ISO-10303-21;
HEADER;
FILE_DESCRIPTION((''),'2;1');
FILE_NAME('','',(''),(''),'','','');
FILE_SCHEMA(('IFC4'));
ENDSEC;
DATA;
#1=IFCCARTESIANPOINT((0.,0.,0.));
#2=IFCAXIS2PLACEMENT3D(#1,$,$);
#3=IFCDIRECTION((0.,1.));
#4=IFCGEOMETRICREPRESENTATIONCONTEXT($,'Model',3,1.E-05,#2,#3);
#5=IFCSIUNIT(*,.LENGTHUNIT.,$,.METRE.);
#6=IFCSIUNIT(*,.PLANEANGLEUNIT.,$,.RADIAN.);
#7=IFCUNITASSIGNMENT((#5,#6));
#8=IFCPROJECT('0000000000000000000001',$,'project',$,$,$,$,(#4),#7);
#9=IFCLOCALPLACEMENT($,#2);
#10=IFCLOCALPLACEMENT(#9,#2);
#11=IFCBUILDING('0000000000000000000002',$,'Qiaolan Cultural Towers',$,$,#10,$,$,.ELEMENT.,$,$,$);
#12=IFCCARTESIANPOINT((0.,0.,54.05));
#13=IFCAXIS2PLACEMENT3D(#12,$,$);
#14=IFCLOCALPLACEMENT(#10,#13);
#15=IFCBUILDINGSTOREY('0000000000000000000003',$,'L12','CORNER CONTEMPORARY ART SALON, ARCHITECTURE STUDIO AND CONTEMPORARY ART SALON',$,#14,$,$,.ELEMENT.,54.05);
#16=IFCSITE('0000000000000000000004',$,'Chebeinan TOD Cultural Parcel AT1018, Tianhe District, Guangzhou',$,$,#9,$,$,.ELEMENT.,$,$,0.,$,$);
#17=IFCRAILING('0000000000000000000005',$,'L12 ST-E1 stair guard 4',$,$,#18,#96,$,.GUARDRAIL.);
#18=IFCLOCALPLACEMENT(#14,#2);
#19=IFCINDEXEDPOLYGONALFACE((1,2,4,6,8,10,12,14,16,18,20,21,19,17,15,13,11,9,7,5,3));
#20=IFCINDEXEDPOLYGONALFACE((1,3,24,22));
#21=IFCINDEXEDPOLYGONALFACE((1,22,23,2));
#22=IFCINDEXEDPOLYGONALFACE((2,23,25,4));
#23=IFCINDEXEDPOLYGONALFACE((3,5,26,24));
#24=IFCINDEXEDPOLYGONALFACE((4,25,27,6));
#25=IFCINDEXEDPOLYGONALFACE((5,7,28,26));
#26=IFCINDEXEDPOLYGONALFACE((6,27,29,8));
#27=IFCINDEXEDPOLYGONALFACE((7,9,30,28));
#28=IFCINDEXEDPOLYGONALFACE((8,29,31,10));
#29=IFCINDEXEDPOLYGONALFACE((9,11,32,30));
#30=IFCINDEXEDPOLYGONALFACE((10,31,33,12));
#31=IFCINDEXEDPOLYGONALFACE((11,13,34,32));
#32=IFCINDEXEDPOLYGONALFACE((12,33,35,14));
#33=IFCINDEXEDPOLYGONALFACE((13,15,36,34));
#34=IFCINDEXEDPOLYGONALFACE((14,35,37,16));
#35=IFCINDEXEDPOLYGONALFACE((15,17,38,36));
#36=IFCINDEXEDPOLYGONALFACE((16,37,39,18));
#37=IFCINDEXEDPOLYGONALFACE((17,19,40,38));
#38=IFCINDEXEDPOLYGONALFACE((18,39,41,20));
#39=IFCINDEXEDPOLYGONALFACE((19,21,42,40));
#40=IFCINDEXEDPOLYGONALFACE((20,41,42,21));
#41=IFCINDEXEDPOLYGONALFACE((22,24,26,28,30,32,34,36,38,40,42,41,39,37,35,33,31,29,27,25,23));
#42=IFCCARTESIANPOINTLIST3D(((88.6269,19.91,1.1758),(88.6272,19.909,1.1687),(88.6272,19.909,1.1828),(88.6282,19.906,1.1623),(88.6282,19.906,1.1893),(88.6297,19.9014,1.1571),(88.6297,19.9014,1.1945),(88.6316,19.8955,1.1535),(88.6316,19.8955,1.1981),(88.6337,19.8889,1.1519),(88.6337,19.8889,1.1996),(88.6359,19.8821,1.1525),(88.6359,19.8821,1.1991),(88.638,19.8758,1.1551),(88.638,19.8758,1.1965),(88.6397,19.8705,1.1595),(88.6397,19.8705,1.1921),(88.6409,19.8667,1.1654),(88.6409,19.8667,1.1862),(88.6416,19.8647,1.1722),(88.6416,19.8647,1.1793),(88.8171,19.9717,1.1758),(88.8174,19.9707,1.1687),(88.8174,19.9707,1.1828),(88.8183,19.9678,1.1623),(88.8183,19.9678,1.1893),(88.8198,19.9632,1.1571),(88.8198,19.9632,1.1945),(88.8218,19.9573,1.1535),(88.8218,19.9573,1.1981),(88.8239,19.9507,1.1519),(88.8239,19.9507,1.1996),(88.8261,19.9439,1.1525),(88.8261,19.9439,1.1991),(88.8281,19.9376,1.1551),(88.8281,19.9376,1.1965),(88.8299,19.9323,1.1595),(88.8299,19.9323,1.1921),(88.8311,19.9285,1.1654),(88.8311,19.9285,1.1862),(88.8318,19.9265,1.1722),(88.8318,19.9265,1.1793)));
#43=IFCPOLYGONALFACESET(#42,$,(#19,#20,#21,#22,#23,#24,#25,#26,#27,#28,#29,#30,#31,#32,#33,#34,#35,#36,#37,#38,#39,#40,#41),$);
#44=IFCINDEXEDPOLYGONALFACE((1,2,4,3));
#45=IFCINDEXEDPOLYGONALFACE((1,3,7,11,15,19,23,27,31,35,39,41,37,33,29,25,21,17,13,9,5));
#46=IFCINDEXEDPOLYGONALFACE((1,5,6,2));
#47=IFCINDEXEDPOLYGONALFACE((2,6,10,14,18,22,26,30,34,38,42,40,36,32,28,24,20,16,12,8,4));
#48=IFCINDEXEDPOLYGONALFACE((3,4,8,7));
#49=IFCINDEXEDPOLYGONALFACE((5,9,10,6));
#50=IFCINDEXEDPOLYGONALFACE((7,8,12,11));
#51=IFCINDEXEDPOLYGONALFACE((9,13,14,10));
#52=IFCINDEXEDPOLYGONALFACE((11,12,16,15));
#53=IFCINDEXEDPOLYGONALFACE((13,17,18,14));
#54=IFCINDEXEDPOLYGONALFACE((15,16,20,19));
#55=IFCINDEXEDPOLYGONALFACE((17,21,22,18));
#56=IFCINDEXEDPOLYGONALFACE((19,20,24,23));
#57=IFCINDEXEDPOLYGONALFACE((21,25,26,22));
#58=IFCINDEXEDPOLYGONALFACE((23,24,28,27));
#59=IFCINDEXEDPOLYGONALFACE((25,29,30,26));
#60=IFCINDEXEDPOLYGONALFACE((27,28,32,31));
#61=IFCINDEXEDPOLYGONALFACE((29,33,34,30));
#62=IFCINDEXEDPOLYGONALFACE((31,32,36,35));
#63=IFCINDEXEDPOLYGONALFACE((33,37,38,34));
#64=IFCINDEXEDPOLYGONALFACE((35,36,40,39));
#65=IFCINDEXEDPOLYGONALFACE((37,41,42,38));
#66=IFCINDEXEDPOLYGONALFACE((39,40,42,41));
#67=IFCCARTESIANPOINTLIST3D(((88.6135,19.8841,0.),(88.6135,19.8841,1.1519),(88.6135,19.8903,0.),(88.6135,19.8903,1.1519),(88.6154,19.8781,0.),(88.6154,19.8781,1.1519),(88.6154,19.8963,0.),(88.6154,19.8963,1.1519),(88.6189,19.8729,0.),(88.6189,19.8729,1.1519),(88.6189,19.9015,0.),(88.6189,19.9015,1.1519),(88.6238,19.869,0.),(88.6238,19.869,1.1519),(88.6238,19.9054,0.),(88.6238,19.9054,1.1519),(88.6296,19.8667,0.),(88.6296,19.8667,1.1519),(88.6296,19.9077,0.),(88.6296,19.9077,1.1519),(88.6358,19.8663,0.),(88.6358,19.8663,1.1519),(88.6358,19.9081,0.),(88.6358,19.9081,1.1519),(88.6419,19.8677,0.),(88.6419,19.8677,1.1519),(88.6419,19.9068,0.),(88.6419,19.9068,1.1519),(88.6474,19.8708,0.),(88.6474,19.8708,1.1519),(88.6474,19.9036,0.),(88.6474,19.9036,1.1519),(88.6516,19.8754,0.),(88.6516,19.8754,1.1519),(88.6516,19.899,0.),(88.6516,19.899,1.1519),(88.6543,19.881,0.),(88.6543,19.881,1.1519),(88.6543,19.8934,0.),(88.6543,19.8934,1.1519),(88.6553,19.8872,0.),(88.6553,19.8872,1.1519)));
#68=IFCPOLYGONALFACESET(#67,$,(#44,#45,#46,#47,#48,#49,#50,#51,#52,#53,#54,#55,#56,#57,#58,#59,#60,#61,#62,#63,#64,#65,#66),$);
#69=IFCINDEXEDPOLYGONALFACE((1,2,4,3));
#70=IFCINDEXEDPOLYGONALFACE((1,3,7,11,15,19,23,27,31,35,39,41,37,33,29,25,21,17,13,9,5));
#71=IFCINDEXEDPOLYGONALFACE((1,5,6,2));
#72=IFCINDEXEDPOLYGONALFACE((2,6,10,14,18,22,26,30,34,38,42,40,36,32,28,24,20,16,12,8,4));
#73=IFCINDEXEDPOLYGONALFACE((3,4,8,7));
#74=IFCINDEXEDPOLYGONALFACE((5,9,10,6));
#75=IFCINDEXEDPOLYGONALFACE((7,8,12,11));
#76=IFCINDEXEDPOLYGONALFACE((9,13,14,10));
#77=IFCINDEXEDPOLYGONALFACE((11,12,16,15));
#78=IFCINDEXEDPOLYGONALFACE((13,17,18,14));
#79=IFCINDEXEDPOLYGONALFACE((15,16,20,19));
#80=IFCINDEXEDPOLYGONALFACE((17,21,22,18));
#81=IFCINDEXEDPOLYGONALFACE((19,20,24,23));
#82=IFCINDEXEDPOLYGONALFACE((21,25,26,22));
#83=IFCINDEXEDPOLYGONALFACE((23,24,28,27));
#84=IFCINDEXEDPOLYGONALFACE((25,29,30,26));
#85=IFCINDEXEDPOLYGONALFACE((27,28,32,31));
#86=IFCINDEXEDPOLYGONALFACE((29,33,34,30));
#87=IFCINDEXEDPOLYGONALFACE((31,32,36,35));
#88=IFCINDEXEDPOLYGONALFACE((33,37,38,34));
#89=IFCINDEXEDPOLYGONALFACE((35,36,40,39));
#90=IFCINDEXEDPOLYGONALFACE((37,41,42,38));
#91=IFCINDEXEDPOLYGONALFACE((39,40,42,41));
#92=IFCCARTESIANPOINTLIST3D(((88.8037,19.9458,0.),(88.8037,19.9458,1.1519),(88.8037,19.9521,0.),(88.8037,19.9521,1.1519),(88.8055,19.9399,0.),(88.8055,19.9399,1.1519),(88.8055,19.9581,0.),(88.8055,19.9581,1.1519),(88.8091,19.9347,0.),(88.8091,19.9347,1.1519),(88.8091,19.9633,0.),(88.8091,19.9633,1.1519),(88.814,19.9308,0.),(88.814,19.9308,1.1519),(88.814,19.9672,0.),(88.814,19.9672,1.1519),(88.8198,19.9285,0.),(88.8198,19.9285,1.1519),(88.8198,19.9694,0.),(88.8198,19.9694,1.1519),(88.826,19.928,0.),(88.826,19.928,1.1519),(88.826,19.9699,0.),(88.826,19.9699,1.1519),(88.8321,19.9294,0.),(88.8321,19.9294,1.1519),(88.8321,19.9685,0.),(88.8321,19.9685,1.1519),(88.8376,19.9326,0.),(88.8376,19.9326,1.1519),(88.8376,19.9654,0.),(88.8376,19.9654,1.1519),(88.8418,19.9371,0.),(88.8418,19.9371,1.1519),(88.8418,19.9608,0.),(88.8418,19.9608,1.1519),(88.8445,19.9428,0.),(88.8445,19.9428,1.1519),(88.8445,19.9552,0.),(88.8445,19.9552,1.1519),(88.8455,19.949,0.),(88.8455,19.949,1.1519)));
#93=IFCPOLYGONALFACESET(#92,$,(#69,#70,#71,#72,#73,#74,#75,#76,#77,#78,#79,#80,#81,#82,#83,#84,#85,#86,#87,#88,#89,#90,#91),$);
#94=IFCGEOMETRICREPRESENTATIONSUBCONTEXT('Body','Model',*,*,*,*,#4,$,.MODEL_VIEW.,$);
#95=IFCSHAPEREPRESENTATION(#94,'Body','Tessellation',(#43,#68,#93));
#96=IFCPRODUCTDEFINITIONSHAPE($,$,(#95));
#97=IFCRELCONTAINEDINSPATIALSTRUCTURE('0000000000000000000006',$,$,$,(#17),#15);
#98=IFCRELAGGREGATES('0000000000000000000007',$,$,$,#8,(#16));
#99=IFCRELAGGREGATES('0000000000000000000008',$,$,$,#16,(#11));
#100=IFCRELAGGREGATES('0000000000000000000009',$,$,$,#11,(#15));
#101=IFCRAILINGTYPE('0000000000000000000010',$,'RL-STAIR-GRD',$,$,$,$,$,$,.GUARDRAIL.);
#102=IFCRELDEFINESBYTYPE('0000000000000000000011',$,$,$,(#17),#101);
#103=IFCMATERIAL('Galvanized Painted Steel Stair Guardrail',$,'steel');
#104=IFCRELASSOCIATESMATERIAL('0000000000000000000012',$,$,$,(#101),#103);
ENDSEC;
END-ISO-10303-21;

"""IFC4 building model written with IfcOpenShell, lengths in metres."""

from ifc_helpers import new_model, si_unit, direction, frame, origin, origin_2d, place, context, subcontext, project, spatial, circle, extrude, material, type_object, element, save


model = new_model("IFC4")

# Units and contexts
model_context = context("Model", 3, precision=1e-05, world=origin(), true_north=direction((0.0, 1.0)))
body_context = subcontext(model_context, "Body", "Model", "MODEL_VIEW")
ifc_project = project(units=[si_unit("LENGTHUNIT", "METRE"), si_unit("PLANEANGLEUNIT", "RADIAN")], contexts=[model_context])

# Site, building, storey
site_placement = place(None, origin())
site = spatial("IfcSite", under=ifc_project, at=site_placement, Name="Chebeinan TOD Cultural Parcel AT1018, Tianhe District, Guangzhou", CompositionType="ELEMENT", RefElevation=0.0)
building_placement = place(site_placement, origin())
building = spatial("IfcBuilding", under=site, at=building_placement, Name="Qiaolan Cultural Towers", CompositionType="ELEMENT")
storey_placement = place(building_placement, frame((0.0, 0.0, 54.05)))
storey = spatial("IfcBuildingStorey", under=building, at=storey_placement, Name="L12", Description="CORNER CONTEMPORARY ART SALON, ARCHITECTURE STUDIO AND CONTEMPORARY ART SALON", CompositionType="ELEMENT", Elevation=54.05)

# Railing
ifc_material_1 = material(Name="Galvanized Painted Steel Stair Guardrail", Category="steel")
railing_type_1 = type_object("IfcRailingType", Name="RL-STAIR-GRD", PredefinedType="GUARDRAIL", material=ifc_material_1)
railing_1_placement = place(storey_placement, frame((88.6343, 19.8872, 0.0)))
element("IfcRailing", 1, at=railing_1_placement, inside=storey, type_object=railing_type_1, Name="L12 ST-E1 stair guard 4", PredefinedType="GUARDRAIL", context=body_context, shape_type="SweptSolid", body=[
    extrude(circle(Radius=0.0239, at=origin_2d()), frame((0.0, 0.0, 1.1758), z_axis=(0.951097, 0.308893, 0.0), x_axis=(-0.308893, 0.951097, 0.0)), (0.0, 0.0, 1.0), 0.2),
    extrude(circle(Radius=0.021, at=origin_2d()), origin(), (0.0, 0.0, 1.0), 1.1519),
    extrude(circle(Radius=0.021, at=origin_2d()), frame((0.1902, 0.0618, 0.0)), (0.0, 0.0, 1.0), 1.1519),
])

save(model, "model.ifc")
